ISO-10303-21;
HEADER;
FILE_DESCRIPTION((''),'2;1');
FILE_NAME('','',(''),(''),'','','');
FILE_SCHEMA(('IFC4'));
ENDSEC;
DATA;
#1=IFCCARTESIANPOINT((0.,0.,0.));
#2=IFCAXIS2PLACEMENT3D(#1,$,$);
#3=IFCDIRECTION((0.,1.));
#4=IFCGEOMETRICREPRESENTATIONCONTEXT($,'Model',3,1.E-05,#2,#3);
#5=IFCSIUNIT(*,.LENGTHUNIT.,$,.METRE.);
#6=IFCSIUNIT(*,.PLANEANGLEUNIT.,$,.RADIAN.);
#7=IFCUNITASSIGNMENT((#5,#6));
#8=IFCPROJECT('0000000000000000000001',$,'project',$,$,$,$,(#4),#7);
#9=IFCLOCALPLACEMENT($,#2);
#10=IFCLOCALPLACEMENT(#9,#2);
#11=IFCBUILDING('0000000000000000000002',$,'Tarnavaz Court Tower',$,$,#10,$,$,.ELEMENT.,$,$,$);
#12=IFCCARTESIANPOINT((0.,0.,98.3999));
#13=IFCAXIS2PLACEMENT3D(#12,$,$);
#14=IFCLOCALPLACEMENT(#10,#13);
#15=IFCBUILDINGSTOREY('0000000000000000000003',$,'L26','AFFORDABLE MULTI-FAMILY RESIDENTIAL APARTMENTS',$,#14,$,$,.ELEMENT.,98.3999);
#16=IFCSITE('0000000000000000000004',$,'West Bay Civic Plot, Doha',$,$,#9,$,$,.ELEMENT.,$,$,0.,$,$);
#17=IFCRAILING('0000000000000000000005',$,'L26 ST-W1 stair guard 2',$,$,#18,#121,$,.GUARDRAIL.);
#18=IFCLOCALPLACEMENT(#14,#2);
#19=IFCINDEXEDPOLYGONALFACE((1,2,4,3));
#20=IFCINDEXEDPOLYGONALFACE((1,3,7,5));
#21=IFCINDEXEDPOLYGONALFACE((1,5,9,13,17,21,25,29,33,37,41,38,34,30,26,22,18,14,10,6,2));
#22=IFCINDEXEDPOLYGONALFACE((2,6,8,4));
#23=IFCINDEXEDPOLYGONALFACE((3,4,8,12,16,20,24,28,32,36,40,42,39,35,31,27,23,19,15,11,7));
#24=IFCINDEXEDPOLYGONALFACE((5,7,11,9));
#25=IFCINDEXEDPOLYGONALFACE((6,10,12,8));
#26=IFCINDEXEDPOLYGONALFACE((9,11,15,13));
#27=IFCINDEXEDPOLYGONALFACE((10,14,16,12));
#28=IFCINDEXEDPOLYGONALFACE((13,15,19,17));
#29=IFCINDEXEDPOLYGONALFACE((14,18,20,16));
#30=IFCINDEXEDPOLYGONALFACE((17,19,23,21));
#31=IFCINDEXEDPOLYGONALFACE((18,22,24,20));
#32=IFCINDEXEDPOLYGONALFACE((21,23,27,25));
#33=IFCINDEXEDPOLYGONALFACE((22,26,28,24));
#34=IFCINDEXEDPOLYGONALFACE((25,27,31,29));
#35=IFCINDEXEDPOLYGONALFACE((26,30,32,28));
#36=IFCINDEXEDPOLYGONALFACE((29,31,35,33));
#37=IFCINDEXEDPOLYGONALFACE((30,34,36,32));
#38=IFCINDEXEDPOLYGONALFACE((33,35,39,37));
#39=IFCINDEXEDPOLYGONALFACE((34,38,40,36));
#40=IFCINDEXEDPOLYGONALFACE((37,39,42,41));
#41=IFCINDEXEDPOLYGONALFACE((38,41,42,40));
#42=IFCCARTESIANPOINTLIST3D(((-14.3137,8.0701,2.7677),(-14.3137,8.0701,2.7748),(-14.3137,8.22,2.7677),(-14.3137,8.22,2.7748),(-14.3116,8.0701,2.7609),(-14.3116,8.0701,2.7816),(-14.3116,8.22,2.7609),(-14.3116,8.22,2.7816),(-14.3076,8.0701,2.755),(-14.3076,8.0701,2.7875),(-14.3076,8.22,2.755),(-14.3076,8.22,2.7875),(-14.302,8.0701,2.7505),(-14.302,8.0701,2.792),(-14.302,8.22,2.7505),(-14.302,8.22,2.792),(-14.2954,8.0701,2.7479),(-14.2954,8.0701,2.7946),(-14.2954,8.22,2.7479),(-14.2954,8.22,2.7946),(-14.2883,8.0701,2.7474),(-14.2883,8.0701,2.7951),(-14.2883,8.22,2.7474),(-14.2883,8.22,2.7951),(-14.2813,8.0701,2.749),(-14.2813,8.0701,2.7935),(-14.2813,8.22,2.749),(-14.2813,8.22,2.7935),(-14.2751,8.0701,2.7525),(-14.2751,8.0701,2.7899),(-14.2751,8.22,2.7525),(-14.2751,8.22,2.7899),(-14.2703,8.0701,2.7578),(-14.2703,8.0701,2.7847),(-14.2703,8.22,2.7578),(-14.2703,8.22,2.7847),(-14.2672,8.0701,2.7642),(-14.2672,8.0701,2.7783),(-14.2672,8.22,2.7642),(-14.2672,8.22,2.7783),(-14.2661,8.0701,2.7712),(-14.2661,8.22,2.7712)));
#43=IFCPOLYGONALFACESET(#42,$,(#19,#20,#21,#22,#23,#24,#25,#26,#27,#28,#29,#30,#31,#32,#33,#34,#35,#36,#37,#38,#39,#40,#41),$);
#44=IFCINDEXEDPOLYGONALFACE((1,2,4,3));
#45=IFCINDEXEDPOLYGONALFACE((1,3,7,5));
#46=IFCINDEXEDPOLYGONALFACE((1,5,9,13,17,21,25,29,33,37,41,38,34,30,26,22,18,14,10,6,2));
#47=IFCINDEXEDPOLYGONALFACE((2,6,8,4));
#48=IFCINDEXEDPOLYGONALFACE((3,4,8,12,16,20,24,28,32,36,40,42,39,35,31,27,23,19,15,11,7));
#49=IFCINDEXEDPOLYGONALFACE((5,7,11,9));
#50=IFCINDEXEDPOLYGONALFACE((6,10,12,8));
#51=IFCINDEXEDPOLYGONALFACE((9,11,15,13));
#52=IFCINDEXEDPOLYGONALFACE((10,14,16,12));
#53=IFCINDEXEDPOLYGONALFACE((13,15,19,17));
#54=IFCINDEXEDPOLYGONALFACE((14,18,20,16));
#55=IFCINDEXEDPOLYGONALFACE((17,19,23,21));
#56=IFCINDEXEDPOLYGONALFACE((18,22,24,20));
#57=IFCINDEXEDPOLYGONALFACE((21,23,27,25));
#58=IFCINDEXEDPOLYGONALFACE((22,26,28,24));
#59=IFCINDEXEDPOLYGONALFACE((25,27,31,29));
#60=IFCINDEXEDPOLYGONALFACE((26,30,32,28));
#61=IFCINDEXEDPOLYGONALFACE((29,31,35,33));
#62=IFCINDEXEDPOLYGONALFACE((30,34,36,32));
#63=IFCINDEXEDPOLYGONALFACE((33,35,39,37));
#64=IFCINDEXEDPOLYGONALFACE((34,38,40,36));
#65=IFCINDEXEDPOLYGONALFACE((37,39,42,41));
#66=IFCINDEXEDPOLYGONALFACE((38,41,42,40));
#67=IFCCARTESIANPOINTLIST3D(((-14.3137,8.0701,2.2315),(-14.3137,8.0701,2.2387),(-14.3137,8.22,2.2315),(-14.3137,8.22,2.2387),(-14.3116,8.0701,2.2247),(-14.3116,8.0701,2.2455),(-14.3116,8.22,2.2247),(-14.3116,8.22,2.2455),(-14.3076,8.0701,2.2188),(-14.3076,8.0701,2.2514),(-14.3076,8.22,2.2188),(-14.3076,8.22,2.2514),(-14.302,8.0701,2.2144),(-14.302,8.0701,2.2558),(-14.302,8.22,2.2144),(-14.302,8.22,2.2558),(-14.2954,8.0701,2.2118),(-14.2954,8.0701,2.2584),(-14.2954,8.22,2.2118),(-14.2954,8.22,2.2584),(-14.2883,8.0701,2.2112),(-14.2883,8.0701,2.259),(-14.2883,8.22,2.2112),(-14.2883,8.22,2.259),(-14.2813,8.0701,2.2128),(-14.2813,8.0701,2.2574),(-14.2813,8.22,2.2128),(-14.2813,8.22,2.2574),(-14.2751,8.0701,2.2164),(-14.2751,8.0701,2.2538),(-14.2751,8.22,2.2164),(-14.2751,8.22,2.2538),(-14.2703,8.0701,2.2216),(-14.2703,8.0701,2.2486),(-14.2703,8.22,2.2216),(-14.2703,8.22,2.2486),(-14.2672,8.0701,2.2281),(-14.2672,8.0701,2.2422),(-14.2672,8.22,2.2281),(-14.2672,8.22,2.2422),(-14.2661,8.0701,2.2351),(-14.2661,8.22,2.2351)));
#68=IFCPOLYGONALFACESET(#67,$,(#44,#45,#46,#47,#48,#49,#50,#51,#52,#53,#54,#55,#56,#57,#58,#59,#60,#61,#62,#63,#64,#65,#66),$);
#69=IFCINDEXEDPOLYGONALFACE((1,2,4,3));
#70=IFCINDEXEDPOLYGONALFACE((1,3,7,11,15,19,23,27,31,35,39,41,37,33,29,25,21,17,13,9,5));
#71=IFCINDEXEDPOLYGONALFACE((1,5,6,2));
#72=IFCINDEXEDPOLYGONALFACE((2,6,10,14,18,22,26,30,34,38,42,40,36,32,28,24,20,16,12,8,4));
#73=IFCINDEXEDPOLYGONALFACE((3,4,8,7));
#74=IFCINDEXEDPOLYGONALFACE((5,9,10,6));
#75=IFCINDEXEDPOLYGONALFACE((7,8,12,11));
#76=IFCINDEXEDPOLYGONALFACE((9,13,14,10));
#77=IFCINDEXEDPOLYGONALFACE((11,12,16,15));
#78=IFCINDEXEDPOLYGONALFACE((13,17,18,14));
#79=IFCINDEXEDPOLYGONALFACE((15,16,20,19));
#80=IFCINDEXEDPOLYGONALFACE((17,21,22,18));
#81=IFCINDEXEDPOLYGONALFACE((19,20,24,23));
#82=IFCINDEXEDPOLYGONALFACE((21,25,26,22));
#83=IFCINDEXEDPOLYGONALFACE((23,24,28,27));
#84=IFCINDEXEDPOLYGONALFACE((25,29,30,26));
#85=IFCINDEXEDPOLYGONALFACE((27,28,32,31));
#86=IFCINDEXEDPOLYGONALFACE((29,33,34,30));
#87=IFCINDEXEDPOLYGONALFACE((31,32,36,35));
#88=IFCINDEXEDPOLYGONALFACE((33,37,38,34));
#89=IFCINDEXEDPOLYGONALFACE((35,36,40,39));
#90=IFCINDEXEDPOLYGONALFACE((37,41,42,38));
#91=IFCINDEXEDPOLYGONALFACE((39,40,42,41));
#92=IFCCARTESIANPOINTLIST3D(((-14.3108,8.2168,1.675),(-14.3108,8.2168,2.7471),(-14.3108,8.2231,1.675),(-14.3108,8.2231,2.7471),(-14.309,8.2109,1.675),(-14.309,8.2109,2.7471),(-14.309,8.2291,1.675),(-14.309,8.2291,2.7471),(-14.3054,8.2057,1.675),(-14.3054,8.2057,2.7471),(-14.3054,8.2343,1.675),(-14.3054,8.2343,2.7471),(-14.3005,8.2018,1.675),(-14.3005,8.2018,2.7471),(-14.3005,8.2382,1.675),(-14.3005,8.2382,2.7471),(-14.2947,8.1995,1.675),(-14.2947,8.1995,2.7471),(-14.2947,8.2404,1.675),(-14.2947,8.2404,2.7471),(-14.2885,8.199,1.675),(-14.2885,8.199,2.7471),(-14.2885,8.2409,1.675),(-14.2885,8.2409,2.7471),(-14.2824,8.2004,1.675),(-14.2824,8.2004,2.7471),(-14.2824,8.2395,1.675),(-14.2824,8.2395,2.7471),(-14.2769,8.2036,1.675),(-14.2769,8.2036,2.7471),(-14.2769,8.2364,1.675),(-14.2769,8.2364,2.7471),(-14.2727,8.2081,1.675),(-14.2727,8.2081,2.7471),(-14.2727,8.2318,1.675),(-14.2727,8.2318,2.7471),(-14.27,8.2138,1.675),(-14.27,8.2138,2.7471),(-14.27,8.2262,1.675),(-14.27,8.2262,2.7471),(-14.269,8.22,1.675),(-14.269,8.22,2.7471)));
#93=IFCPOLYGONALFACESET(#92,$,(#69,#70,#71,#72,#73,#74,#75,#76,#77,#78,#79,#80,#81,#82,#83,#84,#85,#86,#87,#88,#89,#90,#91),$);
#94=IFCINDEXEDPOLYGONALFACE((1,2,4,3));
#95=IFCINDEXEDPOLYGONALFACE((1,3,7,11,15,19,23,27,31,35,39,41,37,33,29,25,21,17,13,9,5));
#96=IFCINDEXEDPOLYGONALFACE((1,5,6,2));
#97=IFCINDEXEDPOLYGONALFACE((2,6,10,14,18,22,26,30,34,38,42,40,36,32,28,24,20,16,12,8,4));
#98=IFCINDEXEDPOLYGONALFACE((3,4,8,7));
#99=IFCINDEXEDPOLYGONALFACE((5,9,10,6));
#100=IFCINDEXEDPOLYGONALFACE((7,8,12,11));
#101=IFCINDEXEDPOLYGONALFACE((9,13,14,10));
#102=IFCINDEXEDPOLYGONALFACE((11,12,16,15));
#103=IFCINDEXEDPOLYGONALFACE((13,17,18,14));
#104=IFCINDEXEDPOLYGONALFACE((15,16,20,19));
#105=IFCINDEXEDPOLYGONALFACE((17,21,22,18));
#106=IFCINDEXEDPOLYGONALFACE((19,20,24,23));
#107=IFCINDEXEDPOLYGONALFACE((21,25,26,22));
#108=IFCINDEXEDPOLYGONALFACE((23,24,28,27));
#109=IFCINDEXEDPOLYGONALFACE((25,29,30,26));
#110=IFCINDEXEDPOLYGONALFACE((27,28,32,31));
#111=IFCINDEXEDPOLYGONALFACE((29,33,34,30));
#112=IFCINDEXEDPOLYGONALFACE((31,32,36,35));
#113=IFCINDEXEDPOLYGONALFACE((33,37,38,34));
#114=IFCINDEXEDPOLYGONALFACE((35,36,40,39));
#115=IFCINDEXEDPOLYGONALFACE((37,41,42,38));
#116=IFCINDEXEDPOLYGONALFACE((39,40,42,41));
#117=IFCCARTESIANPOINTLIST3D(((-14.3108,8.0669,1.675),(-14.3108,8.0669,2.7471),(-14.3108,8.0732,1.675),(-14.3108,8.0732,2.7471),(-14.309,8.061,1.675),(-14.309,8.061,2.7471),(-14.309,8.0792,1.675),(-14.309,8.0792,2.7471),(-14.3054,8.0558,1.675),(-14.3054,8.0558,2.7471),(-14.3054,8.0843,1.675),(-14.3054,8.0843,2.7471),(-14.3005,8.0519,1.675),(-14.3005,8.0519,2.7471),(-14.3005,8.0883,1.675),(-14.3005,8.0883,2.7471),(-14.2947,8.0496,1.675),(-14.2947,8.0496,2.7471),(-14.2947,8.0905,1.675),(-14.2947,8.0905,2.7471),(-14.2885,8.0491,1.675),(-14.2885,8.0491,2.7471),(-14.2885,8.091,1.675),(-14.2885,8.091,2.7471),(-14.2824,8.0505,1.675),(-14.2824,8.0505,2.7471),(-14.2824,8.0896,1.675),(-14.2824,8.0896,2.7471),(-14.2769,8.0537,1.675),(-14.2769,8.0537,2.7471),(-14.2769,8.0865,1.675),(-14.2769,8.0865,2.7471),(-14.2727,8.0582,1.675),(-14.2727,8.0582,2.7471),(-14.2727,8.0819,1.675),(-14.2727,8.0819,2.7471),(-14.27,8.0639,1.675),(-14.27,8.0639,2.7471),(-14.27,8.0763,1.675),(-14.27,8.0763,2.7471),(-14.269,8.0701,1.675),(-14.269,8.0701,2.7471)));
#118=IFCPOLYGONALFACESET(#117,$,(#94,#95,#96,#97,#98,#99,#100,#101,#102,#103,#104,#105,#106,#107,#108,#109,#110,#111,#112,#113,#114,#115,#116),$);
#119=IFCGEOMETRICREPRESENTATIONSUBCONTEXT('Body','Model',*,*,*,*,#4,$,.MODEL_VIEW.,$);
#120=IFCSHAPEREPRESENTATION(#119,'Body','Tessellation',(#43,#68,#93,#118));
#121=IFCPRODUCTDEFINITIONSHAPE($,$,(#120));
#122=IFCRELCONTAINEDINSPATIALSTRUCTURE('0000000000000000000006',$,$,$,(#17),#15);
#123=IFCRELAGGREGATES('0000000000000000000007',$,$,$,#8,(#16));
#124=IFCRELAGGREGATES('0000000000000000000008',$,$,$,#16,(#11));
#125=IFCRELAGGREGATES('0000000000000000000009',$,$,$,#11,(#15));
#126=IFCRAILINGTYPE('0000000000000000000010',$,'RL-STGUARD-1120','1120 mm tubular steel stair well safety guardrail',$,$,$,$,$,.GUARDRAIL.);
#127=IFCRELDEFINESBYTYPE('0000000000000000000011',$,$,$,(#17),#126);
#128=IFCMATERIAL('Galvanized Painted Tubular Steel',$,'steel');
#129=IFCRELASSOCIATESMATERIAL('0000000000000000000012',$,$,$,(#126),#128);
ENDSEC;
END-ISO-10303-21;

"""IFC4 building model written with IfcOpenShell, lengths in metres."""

from ifc_helpers import new_model, si_unit, direction, frame, origin, origin_2d, place, context, subcontext, project, spatial, circle, extrude, material, type_object, element, save


model = new_model("IFC4")

# Units and contexts
model_context = context("Model", 3, precision=1e-05, world=origin(), true_north=direction((0.0, 1.0)))
body_context = subcontext(model_context, "Body", "Model", "MODEL_VIEW")
ifc_project = project(units=[si_unit("LENGTHUNIT", "METRE"), si_unit("PLANEANGLEUNIT", "RADIAN")], contexts=[model_context])

# Site, building, storey
site_placement = place(None, origin())
site = spatial("IfcSite", under=ifc_project, at=site_placement, Name="West Bay Civic Plot, Doha", CompositionType="ELEMENT", RefElevation=0.0)
building_placement = place(site_placement, origin())
building = spatial("IfcBuilding", under=site, at=building_placement, Name="Tarnavaz Court Tower", CompositionType="ELEMENT")
storey_placement = place(building_placement, frame((0.0, 0.0, 98.3999)))
storey = spatial("IfcBuildingStorey", under=building, at=storey_placement, Name="L26", Description="AFFORDABLE MULTI-FAMILY RESIDENTIAL APARTMENTS", CompositionType="ELEMENT", Elevation=98.3999)

# Railing
ifc_material_1 = material(Name="Galvanized Painted Tubular Steel", Category="steel")
railing_type_1 = type_object("IfcRailingType", Name="RL-STGUARD-1120", Description="1120 mm tubular steel stair well safety guardrail", PredefinedType="GUARDRAIL", material=ifc_material_1)
railing_1_placement = place(storey_placement, frame((-14.29, 8.22, 1.675)))
element("IfcRailing", 1, at=railing_1_placement, inside=storey, type_object=railing_type_1, Name="L26 ST-W1 stair guard 2", PredefinedType="GUARDRAIL", context=body_context, shape_type="SweptSolid", body=[
    extrude(circle(Radius=0.0239, at=origin_2d()), frame((0.0, 0.0, 1.0962), z_axis=(0.0, -1.0, 0.0), x_axis=(1.0, 0.0, 0.0)), (0.0, 0.0, 1.0), 0.1499),
    extrude(circle(Radius=0.0239, at=origin_2d()), frame((0.0, 0.0, 0.5601), z_axis=(0.0, -1.0, 0.0), x_axis=(1.0, 0.0, 0.0)), (0.0, 0.0, 1.0), 0.1499),
    extrude(circle(Radius=0.021, at=origin_2d()), origin(), (0.0, 0.0, 1.0), 1.072),
    extrude(circle(Radius=0.021, at=origin_2d()), frame((0.0, -0.1499, 0.0)), (0.0, 0.0, 1.0), 1.072),
])

save(model, "model.ifc")
